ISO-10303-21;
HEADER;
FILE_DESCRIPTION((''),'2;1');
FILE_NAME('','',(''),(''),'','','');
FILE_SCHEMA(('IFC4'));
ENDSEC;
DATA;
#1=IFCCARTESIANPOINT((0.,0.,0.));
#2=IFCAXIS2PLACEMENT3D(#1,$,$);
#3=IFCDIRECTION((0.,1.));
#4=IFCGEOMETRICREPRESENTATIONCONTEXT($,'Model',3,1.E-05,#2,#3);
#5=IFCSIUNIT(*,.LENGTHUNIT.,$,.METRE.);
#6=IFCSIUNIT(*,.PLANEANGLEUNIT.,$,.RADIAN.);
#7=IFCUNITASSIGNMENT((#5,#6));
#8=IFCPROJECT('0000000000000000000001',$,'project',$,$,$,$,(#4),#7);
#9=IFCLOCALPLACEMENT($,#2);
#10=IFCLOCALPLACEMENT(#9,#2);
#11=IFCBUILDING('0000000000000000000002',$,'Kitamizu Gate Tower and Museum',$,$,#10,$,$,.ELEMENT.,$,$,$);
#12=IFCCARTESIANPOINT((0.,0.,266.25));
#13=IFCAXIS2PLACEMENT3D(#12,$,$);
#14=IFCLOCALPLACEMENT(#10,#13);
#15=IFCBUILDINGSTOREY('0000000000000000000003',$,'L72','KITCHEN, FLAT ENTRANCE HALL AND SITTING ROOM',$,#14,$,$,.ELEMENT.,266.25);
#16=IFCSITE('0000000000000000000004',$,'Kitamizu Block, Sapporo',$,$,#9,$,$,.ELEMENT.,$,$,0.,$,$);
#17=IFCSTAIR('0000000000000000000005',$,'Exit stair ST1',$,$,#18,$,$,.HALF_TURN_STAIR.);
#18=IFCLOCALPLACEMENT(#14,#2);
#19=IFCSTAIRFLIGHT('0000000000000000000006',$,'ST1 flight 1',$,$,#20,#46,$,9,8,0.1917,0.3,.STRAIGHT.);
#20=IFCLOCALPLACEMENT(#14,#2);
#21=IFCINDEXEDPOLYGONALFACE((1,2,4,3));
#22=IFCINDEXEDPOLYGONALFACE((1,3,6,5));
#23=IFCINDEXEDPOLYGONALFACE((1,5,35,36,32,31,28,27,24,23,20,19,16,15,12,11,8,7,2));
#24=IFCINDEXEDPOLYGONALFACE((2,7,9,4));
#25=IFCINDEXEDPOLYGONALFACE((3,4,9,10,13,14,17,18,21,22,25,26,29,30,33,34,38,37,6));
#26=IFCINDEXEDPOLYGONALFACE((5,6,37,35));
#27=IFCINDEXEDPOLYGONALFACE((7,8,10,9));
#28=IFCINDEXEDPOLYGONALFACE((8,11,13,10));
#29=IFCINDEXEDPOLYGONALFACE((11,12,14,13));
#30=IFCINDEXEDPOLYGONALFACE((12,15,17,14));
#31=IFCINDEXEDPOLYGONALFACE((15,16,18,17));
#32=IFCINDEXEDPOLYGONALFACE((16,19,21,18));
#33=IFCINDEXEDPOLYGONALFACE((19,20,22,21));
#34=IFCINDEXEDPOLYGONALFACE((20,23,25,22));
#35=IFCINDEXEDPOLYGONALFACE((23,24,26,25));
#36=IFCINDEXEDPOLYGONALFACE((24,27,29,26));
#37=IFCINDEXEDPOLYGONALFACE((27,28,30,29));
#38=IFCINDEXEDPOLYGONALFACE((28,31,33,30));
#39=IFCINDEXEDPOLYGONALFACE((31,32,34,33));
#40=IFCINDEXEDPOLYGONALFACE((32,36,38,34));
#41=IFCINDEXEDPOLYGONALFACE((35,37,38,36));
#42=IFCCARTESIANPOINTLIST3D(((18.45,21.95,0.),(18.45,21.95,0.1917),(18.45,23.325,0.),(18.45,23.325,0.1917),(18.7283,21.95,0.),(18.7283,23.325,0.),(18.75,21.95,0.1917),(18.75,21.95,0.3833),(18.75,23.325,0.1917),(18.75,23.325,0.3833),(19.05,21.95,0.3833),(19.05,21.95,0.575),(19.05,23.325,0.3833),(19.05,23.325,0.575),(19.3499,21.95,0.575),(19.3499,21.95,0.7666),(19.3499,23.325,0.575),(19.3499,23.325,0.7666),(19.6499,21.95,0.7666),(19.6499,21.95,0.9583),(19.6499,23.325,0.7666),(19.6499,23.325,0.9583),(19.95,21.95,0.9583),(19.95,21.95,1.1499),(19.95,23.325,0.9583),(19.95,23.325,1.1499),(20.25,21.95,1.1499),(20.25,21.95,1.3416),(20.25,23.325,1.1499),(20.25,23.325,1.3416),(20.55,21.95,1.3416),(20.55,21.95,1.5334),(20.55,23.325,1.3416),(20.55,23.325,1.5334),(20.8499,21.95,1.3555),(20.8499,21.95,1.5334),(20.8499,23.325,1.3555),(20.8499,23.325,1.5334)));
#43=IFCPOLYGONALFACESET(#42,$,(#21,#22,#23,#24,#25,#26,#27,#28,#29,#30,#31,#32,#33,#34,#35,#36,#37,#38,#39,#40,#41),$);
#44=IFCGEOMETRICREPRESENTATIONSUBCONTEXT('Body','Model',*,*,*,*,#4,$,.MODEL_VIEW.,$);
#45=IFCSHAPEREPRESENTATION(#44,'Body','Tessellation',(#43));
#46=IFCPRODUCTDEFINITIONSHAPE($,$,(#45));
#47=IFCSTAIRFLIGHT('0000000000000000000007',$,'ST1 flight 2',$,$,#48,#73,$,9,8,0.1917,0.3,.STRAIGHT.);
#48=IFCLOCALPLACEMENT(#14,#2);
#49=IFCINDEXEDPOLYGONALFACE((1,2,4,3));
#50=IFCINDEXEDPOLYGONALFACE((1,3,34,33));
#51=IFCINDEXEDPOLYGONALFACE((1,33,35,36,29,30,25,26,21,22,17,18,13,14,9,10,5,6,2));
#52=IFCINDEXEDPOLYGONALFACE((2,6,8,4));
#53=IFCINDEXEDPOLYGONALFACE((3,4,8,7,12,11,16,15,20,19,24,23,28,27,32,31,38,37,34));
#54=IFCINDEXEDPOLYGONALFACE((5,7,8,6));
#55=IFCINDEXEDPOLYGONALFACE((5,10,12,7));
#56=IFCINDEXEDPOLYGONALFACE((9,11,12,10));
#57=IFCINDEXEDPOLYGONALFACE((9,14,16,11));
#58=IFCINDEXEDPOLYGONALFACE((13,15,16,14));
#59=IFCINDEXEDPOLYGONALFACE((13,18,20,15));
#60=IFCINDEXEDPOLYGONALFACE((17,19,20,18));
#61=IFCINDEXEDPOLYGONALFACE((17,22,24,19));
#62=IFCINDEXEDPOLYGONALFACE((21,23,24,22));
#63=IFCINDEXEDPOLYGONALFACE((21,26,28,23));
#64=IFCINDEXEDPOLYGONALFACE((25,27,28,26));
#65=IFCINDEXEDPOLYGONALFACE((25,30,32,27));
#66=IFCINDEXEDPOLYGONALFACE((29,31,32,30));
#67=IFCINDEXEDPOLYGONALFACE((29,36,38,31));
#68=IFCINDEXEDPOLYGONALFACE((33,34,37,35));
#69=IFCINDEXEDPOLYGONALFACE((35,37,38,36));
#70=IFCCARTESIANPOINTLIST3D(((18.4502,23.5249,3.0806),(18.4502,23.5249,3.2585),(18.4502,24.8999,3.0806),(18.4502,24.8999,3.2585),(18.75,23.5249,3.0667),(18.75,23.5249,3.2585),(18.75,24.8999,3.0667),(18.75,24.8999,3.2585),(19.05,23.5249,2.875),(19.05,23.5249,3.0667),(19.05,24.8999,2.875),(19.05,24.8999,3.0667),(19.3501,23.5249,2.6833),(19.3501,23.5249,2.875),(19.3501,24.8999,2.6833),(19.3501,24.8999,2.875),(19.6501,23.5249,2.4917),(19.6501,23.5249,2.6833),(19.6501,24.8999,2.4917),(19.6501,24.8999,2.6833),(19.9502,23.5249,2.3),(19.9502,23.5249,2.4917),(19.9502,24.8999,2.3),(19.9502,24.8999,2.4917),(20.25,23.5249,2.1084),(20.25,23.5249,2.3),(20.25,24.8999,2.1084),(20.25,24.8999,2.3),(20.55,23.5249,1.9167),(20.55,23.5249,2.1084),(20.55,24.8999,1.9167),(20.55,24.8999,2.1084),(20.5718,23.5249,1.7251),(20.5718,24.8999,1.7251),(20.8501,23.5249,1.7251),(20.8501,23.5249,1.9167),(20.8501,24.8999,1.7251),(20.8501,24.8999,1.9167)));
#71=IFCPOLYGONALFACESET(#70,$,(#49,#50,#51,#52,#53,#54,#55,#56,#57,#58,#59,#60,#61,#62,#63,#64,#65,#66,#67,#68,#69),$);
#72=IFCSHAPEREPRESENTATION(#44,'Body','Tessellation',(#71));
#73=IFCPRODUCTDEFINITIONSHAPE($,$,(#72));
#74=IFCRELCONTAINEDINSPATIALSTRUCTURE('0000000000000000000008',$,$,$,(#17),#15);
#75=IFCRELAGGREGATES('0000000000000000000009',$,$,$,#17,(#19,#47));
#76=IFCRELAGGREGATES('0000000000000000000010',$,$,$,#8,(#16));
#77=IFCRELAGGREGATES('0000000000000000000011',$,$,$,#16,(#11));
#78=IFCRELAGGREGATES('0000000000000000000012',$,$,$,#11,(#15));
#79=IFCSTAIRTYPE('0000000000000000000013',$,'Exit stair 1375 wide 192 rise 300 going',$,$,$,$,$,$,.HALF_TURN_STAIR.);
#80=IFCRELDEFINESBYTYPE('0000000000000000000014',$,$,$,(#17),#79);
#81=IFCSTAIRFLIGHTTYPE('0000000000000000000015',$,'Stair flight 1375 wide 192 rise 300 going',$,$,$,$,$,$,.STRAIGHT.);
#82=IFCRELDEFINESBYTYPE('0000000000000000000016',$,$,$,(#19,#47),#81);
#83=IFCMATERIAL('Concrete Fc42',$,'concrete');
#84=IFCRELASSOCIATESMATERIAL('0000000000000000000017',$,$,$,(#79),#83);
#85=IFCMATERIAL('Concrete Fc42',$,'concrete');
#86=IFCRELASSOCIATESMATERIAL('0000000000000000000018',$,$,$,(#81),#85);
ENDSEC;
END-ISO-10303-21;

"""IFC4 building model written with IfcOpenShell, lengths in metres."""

from ifc_helpers import new_model, si_unit, direction, frame, origin, place, context, subcontext, project, spatial, polyline, outline, extrude, material, type_object, element, aggregate, save


model = new_model("IFC4")

# Units and contexts
model_context = context("Model", 3, precision=1e-05, world=origin(), true_north=direction((0.0, 1.0)))
body_context = subcontext(model_context, "Body", "Model", "MODEL_VIEW")
ifc_project = project(units=[si_unit("LENGTHUNIT", "METRE"), si_unit("PLANEANGLEUNIT", "RADIAN")], contexts=[model_context])

# Site, building, storey
site_placement = place(None, origin())
site = spatial("IfcSite", under=ifc_project, at=site_placement, Name="Kitamizu Block, Sapporo", CompositionType="ELEMENT", RefElevation=0.0)
building_placement = place(site_placement, origin())
building = spatial("IfcBuilding", under=site, at=building_placement, Name="Kitamizu Gate Tower and Museum", CompositionType="ELEMENT")
storey_placement = place(building_placement, frame((0.0, 0.0, 266.25)))
storey = spatial("IfcBuildingStorey", under=building, at=storey_placement, Name="L72", Description="KITCHEN, FLAT ENTRANCE HALL AND SITTING ROOM", CompositionType="ELEMENT", Elevation=266.25)

# Stair, stair flights
ifc_material_1 = material(Name="Concrete Fc42", Category="concrete")
stair_type = type_object("IfcStairType", Name="Exit stair 1375 wide 192 rise 300 going", PredefinedType="HALF_TURN_STAIR", material=ifc_material_1)
stair_placement = place(storey_placement, origin())
stair = element("IfcStair", 1, at=stair_placement, inside=storey, type_object=stair_type, Name="Exit stair ST1", PredefinedType="HALF_TURN_STAIR")
ifc_material_2 = material(Name="Concrete Fc42", Category="concrete")
stair_flight_type = type_object("IfcStairFlightType", Name="Stair flight 1375 wide 192 rise 300 going", PredefinedType="STRAIGHT", material=ifc_material_2)
stair_flight_1_placement = place(storey_placement, frame((18.45, 22.6375, 0.0), z_axis=(0.0, 0.0, 1.0), x_axis=(1.0, 0.0, 0.0)))
stair_flight_1 = element("IfcStairFlight", 2, at=stair_flight_1_placement, type_object=stair_flight_type, Name="ST1 flight 1", NumberOfRisers=9, NumberOfTreads=8, PredefinedType="STRAIGHT", RiserHeight=0.1917, TreadLength=0.3, context=body_context, shape_type="SweptSolid", body=[
    extrude(outline(polyline([(0.0, 0.0), (0.0, 0.1917), (0.3, 0.1917), (0.3, 0.3833), (0.6001, 0.3833), (0.6001, 0.575), (0.8999, 0.575), (0.8999, 0.7666), (1.2, 0.7666), (1.2, 0.9583), (1.5, 0.9583), (1.5, 1.1499), (1.8, 1.1499), (1.8, 1.3416), (2.1001, 1.3416), (2.1001, 1.5334), (2.3999, 1.5334), (2.3999, 1.7251), (2.3999, 1.3555), (0.2783, 0.0), (0.0, 0.0)])), frame((0.0, 0.6875, 0.0), z_axis=(0.0, -1.0, 0.0), x_axis=(1.0, 0.0, 0.0)), (0.0, 0.0, 1.0), 1.375),
])
stair_flight_2_placement = place(storey_placement, frame((20.8501, 24.2124, 1.7251), z_axis=(0.0, 0.0, 1.0), x_axis=(-1.0, 0.0, 0.0)))
stair_flight_2 = element("IfcStairFlight", 3, at=stair_flight_2_placement, type_object=stair_flight_type, Name="ST1 flight 2", NumberOfRisers=9, NumberOfTreads=8, PredefinedType="STRAIGHT", RiserHeight=0.1917, TreadLength=0.3, context=body_context, shape_type="SweptSolid", body=[
    extrude(outline(polyline([(0.0, 0.0), (0.0, 0.1917), (0.3, 0.1917), (0.3, 0.3833), (0.6001, 0.3833), (0.6001, 0.575), (0.8999, 0.575), (0.8999, 0.7666), (1.2, 0.7666), (1.2, 0.9583), (1.5, 0.9583), (1.5, 1.1499), (1.8, 1.1499), (1.8, 1.3416), (2.1001, 1.3416), (2.1001, 1.5334), (2.3999, 1.5334), (2.3999, 1.7251), (2.3999, 1.3555), (0.2783, 0.0), (0.0, 0.0)])), frame((0.0, 0.6875, 0.0), z_axis=(0.0, -1.0, 0.0), x_axis=(1.0, 0.0, 0.0)), (0.0, 0.0, 1.0), 1.375),
])
aggregate(stair, [stair_flight_1, stair_flight_2])

save(model, "model.ifc")
